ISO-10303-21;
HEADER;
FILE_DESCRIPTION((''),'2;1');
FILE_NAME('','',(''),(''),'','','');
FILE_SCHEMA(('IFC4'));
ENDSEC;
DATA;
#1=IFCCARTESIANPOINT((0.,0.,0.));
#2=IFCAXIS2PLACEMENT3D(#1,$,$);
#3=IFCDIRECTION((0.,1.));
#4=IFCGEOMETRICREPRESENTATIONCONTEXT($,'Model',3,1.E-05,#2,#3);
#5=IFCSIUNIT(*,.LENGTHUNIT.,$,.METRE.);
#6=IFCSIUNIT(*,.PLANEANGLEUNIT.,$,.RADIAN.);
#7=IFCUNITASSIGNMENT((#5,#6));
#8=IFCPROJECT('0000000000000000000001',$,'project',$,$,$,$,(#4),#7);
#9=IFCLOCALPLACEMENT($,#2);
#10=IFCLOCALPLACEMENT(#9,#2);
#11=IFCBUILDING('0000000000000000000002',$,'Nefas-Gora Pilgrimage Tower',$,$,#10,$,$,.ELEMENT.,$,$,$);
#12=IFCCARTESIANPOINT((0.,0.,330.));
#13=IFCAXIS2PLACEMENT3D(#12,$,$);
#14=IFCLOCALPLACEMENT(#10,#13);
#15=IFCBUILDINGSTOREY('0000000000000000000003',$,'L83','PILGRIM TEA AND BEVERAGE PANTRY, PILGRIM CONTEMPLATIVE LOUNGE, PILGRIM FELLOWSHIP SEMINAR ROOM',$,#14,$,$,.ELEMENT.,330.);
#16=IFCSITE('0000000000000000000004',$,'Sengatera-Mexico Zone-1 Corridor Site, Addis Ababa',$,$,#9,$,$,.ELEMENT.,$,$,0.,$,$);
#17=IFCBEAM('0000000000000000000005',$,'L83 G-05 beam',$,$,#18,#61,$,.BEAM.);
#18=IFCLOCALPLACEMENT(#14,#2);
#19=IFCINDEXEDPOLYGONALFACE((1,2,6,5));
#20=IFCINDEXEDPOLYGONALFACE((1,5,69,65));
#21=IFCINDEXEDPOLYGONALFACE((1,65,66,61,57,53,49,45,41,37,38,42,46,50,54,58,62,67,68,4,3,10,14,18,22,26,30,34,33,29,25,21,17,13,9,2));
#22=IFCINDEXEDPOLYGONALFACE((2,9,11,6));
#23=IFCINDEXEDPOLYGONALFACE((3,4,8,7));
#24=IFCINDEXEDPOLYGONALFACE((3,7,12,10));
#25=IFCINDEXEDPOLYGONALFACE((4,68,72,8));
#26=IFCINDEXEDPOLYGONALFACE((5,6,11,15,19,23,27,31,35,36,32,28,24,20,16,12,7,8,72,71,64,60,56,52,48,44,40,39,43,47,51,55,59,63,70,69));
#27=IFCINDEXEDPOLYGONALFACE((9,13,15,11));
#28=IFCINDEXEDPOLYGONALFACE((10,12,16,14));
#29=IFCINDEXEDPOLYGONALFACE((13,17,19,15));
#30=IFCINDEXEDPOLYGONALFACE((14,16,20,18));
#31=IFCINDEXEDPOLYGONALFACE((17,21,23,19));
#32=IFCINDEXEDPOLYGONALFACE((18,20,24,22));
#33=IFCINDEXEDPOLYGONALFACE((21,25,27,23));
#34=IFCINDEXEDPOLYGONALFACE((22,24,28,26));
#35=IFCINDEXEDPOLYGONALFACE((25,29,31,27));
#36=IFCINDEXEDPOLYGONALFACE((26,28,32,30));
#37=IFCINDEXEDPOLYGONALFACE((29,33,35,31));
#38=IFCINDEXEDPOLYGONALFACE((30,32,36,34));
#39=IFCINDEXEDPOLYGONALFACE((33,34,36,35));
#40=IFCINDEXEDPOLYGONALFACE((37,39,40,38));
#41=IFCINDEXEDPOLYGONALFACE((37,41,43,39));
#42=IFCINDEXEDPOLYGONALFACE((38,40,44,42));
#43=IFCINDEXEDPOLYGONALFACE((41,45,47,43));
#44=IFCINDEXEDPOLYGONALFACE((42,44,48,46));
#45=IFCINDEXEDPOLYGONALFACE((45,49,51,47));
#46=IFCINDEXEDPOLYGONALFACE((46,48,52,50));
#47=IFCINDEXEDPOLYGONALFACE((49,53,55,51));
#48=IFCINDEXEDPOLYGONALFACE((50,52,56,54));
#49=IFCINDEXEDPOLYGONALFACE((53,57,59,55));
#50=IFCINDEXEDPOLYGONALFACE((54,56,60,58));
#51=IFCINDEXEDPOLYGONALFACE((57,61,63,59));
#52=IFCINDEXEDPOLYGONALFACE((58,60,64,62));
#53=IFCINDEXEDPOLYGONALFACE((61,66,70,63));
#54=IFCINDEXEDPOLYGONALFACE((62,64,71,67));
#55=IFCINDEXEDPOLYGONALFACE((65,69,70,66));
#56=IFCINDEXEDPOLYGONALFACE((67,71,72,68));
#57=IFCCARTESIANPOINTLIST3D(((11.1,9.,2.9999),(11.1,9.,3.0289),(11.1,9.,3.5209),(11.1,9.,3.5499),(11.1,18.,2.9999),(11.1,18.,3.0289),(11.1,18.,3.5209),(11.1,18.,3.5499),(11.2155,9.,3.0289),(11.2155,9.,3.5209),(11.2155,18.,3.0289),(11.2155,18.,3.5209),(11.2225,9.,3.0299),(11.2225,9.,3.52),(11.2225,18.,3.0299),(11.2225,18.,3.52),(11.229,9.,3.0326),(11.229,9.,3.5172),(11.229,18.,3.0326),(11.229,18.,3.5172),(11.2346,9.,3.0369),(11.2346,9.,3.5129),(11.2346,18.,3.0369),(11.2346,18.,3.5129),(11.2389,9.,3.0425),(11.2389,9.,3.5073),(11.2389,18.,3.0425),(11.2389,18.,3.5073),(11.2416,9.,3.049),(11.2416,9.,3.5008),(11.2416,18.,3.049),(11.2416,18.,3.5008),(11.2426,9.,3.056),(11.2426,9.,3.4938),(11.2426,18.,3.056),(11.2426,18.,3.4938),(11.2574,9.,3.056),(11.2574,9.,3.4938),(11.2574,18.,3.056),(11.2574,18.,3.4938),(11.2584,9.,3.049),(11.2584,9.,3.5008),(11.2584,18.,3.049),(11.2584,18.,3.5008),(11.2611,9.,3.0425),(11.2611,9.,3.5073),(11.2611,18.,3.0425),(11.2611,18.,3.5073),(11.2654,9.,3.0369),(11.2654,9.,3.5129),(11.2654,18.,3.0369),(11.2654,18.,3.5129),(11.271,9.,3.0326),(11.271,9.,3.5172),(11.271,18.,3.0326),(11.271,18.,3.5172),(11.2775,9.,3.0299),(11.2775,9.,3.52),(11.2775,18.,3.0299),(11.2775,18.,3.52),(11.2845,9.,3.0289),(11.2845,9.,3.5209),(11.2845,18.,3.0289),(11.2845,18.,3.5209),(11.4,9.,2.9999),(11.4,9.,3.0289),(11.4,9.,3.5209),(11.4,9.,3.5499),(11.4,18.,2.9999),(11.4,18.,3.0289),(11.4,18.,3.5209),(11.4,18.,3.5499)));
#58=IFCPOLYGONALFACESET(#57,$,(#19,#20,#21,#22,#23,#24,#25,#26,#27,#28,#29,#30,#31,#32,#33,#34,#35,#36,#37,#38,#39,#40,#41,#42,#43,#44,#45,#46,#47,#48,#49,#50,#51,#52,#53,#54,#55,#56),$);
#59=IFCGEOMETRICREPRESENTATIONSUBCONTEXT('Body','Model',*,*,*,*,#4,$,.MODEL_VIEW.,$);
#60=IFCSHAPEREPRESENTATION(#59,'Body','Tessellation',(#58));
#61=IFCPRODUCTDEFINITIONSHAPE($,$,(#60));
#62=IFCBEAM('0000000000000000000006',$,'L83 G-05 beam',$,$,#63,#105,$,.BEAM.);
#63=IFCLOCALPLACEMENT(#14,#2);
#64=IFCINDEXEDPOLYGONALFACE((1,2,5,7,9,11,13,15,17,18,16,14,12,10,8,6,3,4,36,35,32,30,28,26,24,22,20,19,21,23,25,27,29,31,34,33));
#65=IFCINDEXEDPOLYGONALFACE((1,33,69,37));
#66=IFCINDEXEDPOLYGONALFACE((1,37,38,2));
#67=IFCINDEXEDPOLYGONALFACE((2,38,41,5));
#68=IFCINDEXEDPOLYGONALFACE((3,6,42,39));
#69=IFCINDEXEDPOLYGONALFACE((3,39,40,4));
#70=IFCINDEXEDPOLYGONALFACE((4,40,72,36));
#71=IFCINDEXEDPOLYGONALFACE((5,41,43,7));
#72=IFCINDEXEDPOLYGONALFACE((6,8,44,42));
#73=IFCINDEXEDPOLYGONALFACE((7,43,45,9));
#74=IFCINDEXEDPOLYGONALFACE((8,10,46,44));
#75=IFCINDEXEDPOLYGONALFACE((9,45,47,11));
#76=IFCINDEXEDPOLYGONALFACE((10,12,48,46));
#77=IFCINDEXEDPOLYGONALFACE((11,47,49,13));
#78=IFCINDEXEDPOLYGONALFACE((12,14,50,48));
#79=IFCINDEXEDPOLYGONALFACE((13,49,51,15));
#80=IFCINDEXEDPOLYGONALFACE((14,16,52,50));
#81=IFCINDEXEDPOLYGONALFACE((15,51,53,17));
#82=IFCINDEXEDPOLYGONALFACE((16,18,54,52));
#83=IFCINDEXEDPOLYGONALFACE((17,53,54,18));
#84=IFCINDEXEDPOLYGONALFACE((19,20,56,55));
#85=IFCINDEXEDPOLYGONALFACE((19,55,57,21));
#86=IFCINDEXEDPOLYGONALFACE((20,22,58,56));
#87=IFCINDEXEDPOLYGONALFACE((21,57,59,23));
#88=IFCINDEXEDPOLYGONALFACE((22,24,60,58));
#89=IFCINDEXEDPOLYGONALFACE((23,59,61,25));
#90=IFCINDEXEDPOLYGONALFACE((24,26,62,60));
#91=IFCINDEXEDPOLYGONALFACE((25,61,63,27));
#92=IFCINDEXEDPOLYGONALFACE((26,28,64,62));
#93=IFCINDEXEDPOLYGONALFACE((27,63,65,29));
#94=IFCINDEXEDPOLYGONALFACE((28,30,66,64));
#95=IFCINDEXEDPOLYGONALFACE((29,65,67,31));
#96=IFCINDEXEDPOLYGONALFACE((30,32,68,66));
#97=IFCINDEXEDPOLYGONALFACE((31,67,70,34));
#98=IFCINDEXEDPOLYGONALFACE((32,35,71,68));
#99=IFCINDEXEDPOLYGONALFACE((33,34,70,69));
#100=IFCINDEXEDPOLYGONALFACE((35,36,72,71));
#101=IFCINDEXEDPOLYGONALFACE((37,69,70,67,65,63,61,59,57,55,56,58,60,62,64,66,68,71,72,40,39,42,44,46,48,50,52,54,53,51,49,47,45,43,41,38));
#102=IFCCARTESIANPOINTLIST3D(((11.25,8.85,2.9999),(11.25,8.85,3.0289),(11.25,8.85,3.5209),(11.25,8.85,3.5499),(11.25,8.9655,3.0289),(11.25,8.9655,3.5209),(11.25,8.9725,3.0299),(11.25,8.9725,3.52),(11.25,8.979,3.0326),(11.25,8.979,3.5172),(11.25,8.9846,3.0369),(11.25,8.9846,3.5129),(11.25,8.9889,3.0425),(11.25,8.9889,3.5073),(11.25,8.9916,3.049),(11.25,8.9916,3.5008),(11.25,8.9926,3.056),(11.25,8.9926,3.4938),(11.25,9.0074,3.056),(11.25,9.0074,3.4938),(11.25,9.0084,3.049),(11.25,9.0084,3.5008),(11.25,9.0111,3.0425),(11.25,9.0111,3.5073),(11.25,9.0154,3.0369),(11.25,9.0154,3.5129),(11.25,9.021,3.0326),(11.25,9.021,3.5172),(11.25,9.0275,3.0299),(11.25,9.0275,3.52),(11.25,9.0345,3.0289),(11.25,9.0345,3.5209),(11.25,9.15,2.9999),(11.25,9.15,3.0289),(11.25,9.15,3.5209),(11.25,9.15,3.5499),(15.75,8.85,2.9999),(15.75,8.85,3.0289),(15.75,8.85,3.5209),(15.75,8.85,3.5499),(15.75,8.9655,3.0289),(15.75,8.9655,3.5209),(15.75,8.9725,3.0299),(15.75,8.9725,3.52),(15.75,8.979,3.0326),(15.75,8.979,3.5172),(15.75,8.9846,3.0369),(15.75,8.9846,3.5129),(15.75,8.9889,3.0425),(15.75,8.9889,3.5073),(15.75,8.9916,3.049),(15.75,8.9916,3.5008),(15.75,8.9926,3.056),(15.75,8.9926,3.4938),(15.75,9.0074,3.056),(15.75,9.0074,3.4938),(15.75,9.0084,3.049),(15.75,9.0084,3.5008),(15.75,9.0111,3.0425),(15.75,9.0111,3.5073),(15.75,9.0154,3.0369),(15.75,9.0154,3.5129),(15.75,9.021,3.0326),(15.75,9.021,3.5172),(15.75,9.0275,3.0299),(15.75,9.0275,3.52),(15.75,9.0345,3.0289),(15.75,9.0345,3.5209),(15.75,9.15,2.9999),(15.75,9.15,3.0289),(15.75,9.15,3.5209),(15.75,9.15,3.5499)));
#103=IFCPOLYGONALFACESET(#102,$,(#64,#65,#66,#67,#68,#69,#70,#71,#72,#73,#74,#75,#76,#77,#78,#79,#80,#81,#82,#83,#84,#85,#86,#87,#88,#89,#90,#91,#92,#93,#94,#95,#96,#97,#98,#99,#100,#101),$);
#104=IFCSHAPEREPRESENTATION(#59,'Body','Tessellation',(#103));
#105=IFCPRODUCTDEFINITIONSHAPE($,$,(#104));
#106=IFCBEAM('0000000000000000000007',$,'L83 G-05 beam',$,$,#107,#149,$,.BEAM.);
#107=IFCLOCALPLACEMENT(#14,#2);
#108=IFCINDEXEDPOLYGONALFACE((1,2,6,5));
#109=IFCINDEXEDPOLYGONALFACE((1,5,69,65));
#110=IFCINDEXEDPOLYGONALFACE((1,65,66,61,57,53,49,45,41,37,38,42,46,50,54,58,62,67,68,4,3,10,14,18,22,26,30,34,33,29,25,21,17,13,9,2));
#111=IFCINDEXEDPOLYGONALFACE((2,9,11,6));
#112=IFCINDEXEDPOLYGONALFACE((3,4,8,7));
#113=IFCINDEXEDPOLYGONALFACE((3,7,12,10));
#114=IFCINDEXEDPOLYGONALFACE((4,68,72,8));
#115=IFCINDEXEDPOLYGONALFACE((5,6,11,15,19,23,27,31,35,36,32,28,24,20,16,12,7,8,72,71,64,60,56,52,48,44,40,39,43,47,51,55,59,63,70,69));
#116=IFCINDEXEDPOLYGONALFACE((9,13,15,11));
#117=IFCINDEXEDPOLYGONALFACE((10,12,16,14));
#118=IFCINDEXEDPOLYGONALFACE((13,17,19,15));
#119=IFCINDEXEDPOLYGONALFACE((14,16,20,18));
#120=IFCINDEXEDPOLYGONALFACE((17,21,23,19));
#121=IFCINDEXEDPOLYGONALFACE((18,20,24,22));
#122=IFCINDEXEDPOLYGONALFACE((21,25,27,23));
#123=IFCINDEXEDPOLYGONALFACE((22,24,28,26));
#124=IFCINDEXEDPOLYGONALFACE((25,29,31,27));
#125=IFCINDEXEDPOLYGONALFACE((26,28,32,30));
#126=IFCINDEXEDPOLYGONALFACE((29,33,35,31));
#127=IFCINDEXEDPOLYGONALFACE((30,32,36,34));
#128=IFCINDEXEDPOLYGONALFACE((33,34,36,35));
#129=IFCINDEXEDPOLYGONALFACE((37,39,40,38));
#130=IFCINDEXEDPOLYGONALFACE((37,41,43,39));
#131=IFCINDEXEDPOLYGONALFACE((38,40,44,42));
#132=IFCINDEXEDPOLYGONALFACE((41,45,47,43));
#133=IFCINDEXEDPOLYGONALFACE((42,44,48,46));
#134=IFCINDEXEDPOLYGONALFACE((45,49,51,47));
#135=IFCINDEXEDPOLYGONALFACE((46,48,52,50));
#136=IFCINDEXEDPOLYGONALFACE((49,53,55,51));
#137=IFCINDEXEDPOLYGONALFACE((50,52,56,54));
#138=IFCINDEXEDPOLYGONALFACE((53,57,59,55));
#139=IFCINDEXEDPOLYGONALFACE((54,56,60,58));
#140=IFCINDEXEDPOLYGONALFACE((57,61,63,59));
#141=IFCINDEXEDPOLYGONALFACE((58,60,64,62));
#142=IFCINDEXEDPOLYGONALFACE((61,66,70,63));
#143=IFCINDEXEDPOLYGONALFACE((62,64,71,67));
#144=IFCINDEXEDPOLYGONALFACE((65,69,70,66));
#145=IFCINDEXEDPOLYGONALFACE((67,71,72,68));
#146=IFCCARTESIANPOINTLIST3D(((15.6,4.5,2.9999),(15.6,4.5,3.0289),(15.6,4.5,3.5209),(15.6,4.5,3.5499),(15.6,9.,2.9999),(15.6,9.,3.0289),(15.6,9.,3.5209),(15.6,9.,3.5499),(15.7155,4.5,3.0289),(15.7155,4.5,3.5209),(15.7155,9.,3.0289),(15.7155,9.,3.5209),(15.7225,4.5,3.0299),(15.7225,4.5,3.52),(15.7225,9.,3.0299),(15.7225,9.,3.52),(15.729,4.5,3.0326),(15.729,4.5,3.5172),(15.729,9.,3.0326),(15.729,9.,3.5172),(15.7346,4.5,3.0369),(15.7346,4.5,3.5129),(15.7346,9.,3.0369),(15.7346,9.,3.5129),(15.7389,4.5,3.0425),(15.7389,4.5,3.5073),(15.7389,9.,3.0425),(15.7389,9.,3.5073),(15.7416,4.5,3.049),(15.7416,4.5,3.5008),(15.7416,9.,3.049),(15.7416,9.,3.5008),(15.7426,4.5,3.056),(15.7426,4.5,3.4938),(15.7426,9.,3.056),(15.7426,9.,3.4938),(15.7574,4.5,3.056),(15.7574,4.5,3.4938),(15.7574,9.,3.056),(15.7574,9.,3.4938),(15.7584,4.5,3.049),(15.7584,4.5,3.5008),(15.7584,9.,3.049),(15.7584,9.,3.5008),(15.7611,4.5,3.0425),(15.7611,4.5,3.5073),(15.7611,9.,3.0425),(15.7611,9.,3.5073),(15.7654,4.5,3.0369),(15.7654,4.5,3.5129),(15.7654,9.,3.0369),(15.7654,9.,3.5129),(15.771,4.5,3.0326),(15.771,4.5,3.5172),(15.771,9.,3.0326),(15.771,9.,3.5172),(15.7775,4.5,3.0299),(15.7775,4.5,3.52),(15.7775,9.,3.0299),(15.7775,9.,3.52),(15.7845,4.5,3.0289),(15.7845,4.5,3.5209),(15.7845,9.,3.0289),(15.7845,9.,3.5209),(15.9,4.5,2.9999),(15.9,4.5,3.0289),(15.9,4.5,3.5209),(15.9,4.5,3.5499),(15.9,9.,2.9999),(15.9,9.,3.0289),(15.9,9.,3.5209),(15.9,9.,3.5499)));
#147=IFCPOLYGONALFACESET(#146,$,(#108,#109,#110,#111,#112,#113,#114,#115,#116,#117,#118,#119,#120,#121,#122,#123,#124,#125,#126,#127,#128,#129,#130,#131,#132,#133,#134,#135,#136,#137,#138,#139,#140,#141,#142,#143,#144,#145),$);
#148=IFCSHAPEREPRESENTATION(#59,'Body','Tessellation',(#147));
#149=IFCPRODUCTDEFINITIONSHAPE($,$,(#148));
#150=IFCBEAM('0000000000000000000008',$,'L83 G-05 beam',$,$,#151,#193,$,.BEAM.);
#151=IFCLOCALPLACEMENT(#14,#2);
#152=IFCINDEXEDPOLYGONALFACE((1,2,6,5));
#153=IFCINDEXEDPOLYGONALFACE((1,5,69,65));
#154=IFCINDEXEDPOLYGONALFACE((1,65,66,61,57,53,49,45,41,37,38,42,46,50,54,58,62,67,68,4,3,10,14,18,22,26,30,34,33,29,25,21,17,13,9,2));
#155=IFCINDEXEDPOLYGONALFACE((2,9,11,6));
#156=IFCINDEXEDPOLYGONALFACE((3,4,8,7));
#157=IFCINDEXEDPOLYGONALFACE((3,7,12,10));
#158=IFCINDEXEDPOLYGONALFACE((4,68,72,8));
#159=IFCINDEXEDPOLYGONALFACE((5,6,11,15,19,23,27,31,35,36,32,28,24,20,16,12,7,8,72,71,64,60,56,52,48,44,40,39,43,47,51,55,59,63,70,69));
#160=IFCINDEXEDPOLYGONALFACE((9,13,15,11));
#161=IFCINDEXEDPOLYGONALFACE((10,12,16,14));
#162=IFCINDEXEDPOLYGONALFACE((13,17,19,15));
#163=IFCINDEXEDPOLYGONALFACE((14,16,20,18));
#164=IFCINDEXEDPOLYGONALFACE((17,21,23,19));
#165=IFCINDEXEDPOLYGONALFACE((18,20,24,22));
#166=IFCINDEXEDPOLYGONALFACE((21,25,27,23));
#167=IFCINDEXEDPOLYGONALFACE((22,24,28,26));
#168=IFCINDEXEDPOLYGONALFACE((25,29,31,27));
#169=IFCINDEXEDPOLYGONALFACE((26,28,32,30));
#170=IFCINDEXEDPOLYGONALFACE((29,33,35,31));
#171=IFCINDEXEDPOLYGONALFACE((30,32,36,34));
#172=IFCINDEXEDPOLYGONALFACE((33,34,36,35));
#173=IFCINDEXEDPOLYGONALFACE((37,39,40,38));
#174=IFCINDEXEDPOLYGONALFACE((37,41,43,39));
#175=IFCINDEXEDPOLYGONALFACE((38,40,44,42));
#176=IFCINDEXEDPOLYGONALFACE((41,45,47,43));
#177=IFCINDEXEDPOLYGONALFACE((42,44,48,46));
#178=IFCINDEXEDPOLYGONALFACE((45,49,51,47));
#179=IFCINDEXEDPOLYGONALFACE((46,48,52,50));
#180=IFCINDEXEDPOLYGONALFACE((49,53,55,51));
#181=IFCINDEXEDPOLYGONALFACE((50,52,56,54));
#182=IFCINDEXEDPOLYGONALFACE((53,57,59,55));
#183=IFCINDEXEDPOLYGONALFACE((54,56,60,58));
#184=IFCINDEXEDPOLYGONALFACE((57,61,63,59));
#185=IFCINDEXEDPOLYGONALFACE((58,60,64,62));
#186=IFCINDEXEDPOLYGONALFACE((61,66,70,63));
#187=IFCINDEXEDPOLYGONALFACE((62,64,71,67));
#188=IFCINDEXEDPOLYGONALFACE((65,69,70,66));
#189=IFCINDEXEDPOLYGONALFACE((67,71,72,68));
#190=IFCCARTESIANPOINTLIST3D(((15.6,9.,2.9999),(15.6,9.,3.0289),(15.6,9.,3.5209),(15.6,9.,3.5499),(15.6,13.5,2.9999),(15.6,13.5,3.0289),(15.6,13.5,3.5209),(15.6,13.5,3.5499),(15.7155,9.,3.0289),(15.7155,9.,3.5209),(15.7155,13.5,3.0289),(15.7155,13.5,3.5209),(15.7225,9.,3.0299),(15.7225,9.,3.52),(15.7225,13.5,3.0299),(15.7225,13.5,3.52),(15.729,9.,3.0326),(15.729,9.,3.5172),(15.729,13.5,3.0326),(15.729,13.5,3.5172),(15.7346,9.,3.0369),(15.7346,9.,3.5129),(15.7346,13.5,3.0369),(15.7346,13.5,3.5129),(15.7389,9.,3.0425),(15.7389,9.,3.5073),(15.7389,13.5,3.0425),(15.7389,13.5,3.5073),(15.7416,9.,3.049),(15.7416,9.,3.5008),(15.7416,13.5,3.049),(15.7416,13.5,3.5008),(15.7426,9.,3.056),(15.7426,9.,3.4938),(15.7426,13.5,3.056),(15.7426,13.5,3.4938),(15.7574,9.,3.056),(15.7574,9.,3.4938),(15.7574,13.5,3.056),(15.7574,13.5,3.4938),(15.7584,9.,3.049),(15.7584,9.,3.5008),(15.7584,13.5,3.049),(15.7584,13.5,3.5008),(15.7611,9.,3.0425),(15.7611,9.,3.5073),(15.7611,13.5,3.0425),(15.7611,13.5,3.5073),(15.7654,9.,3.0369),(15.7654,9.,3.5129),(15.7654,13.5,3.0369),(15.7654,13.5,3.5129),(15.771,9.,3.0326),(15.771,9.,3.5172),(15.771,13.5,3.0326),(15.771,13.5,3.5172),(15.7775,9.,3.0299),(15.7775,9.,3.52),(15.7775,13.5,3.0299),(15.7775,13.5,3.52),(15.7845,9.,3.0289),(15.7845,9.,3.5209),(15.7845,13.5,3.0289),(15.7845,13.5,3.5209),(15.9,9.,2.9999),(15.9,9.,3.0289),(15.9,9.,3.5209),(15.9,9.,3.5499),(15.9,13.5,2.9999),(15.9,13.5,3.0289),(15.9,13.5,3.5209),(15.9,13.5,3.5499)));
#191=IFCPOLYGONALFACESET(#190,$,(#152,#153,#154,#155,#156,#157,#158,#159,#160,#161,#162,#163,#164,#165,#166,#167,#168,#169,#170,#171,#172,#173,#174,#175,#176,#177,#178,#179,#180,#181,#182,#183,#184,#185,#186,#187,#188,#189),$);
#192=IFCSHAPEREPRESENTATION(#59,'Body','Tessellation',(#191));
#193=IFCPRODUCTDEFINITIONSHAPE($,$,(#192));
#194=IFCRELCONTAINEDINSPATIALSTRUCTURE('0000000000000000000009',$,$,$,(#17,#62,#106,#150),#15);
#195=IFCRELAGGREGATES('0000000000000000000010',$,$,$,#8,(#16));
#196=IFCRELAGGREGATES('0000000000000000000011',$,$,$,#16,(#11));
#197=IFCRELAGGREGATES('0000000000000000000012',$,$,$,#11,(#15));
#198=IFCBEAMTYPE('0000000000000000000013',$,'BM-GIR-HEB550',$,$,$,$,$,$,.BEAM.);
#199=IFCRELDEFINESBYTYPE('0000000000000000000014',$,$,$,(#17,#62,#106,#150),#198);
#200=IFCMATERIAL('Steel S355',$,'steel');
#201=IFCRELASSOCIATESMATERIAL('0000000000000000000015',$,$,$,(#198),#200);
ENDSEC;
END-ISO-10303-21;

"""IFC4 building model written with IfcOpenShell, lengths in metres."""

from ifc_helpers import new_model, si_unit, direction, frame, origin, origin_2d, place, context, subcontext, project, spatial, i_section, extrude, source, transform, mapped, material, material_profile, profile_set, type_object, element, save


model = new_model("IFC4")

# Units and contexts
model_context = context("Model", 3, precision=1e-05, world=origin(), true_north=direction((0.0, 1.0)))
body_context = subcontext(model_context, "Body", "Model", "MODEL_VIEW")
ifc_project = project(units=[si_unit("LENGTHUNIT", "METRE"), si_unit("PLANEANGLEUNIT", "RADIAN")], contexts=[model_context])

# Site, building, storey
site_placement = place(None, origin())
site = spatial("IfcSite", under=ifc_project, at=site_placement, Name="Sengatera-Mexico Zone-1 Corridor Site, Addis Ababa", CompositionType="ELEMENT", RefElevation=0.0)
building_placement = place(site_placement, origin())
building = spatial("IfcBuilding", under=site, at=building_placement, Name="Nefas-Gora Pilgrimage Tower", CompositionType="ELEMENT")
storey_placement = place(building_placement, frame((0.0, 0.0, 330.0)))
storey = spatial("IfcBuildingStorey", under=building, at=storey_placement, Name="L83", Description="PILGRIM TEA AND BEVERAGE PANTRY, PILGRIM CONTEMPLATIVE LOUNGE, PILGRIM FELLOWSHIP SEMINAR ROOM", CompositionType="ELEMENT", Elevation=330.0)

# Shared definitions
ifc_material_1 = material(Name="Steel S355", Category="steel")

# Beams
ifc_material_profile_1 = material_profile(ifc_material_1, i_section(OverallWidth=0.3, OverallDepth=0.55, WebThickness=0.0149, FlangeThickness=0.0291, FilletRadius=0.0271, at=origin_2d()), Name="HEB 550")
ifc_profile_set_1 = profile_set([ifc_material_profile_1], Name="Steel S355")
beam_type_1 = type_object("IfcBeamType", Name="BM-GIR-HEB550", PredefinedType="BEAM", material=ifc_profile_set_1)
shared_shape_1 = source(origin(), body_context, "Body", "SweptSolid", [
    extrude(i_section(OverallWidth=0.3, OverallDepth=0.55, WebThickness=0.0149, FlangeThickness=0.0291, FilletRadius=0.0271, at=origin_2d()), origin(), (0.0, 0.0, 1.0), 9.0),
])
beam_placement = place(storey_placement, frame((11.25, 9.0, 3.2749), z_axis=(0.0, 1.0, 0.0), x_axis=(-1.0, 0.0, 0.0)))
element("IfcBeam", 1, at=beam_placement, inside=storey, type_object=beam_type_1, Name="L83 G-05 beam", PredefinedType="BEAM", context=body_context, shape_type="MappedRepresentation", body=[
    mapped(shared_shape_1, transform((0.0, 0.0, 0.0), x_axis=(1.0, 0.0, 0.0), y_axis=(0.0, 1.0, 0.0), z_axis=(0.0, 0.0, 1.0), scale=1.0)),
])
shared_shape_2 = source(origin(), body_context, "Body", "SweptSolid", [
    extrude(i_section(OverallWidth=0.3, OverallDepth=0.55, WebThickness=0.0149, FlangeThickness=0.0291, FilletRadius=0.0271, at=origin_2d()), origin(), (0.0, 0.0, 1.0), 4.5),
])
for number, where, z_axis, x_axis, name in (
    (2, (11.25, 9.0, 3.2749), (1.0, 0.0, 0.0), (0.0, 1.0, 0.0), "L83 G-05 beam"),
    (3, (15.75, 4.5, 3.2749), (0.0, 1.0, 0.0), (-1.0, 0.0, 0.0), "L83 G-05 beam"),
    (4, (15.75, 9.0, 3.2749), (0.0, 1.0, 0.0), (-1.0, 0.0, 0.0), "L83 G-05 beam"),
):
    element("IfcBeam", number, at=place(storey_placement, frame(where, z_axis=z_axis, x_axis=x_axis)), inside=storey, type_object=beam_type_1, Name=name, PredefinedType="BEAM", context=body_context, shape_type="MappedRepresentation", body=[
        mapped(shared_shape_2, transform((0.0, 0.0, 0.0), x_axis=(1.0, 0.0, 0.0), y_axis=(0.0, 1.0, 0.0), z_axis=(0.0, 0.0, 1.0), scale=1.0)),
    ])

save(model, "model.ifc")
